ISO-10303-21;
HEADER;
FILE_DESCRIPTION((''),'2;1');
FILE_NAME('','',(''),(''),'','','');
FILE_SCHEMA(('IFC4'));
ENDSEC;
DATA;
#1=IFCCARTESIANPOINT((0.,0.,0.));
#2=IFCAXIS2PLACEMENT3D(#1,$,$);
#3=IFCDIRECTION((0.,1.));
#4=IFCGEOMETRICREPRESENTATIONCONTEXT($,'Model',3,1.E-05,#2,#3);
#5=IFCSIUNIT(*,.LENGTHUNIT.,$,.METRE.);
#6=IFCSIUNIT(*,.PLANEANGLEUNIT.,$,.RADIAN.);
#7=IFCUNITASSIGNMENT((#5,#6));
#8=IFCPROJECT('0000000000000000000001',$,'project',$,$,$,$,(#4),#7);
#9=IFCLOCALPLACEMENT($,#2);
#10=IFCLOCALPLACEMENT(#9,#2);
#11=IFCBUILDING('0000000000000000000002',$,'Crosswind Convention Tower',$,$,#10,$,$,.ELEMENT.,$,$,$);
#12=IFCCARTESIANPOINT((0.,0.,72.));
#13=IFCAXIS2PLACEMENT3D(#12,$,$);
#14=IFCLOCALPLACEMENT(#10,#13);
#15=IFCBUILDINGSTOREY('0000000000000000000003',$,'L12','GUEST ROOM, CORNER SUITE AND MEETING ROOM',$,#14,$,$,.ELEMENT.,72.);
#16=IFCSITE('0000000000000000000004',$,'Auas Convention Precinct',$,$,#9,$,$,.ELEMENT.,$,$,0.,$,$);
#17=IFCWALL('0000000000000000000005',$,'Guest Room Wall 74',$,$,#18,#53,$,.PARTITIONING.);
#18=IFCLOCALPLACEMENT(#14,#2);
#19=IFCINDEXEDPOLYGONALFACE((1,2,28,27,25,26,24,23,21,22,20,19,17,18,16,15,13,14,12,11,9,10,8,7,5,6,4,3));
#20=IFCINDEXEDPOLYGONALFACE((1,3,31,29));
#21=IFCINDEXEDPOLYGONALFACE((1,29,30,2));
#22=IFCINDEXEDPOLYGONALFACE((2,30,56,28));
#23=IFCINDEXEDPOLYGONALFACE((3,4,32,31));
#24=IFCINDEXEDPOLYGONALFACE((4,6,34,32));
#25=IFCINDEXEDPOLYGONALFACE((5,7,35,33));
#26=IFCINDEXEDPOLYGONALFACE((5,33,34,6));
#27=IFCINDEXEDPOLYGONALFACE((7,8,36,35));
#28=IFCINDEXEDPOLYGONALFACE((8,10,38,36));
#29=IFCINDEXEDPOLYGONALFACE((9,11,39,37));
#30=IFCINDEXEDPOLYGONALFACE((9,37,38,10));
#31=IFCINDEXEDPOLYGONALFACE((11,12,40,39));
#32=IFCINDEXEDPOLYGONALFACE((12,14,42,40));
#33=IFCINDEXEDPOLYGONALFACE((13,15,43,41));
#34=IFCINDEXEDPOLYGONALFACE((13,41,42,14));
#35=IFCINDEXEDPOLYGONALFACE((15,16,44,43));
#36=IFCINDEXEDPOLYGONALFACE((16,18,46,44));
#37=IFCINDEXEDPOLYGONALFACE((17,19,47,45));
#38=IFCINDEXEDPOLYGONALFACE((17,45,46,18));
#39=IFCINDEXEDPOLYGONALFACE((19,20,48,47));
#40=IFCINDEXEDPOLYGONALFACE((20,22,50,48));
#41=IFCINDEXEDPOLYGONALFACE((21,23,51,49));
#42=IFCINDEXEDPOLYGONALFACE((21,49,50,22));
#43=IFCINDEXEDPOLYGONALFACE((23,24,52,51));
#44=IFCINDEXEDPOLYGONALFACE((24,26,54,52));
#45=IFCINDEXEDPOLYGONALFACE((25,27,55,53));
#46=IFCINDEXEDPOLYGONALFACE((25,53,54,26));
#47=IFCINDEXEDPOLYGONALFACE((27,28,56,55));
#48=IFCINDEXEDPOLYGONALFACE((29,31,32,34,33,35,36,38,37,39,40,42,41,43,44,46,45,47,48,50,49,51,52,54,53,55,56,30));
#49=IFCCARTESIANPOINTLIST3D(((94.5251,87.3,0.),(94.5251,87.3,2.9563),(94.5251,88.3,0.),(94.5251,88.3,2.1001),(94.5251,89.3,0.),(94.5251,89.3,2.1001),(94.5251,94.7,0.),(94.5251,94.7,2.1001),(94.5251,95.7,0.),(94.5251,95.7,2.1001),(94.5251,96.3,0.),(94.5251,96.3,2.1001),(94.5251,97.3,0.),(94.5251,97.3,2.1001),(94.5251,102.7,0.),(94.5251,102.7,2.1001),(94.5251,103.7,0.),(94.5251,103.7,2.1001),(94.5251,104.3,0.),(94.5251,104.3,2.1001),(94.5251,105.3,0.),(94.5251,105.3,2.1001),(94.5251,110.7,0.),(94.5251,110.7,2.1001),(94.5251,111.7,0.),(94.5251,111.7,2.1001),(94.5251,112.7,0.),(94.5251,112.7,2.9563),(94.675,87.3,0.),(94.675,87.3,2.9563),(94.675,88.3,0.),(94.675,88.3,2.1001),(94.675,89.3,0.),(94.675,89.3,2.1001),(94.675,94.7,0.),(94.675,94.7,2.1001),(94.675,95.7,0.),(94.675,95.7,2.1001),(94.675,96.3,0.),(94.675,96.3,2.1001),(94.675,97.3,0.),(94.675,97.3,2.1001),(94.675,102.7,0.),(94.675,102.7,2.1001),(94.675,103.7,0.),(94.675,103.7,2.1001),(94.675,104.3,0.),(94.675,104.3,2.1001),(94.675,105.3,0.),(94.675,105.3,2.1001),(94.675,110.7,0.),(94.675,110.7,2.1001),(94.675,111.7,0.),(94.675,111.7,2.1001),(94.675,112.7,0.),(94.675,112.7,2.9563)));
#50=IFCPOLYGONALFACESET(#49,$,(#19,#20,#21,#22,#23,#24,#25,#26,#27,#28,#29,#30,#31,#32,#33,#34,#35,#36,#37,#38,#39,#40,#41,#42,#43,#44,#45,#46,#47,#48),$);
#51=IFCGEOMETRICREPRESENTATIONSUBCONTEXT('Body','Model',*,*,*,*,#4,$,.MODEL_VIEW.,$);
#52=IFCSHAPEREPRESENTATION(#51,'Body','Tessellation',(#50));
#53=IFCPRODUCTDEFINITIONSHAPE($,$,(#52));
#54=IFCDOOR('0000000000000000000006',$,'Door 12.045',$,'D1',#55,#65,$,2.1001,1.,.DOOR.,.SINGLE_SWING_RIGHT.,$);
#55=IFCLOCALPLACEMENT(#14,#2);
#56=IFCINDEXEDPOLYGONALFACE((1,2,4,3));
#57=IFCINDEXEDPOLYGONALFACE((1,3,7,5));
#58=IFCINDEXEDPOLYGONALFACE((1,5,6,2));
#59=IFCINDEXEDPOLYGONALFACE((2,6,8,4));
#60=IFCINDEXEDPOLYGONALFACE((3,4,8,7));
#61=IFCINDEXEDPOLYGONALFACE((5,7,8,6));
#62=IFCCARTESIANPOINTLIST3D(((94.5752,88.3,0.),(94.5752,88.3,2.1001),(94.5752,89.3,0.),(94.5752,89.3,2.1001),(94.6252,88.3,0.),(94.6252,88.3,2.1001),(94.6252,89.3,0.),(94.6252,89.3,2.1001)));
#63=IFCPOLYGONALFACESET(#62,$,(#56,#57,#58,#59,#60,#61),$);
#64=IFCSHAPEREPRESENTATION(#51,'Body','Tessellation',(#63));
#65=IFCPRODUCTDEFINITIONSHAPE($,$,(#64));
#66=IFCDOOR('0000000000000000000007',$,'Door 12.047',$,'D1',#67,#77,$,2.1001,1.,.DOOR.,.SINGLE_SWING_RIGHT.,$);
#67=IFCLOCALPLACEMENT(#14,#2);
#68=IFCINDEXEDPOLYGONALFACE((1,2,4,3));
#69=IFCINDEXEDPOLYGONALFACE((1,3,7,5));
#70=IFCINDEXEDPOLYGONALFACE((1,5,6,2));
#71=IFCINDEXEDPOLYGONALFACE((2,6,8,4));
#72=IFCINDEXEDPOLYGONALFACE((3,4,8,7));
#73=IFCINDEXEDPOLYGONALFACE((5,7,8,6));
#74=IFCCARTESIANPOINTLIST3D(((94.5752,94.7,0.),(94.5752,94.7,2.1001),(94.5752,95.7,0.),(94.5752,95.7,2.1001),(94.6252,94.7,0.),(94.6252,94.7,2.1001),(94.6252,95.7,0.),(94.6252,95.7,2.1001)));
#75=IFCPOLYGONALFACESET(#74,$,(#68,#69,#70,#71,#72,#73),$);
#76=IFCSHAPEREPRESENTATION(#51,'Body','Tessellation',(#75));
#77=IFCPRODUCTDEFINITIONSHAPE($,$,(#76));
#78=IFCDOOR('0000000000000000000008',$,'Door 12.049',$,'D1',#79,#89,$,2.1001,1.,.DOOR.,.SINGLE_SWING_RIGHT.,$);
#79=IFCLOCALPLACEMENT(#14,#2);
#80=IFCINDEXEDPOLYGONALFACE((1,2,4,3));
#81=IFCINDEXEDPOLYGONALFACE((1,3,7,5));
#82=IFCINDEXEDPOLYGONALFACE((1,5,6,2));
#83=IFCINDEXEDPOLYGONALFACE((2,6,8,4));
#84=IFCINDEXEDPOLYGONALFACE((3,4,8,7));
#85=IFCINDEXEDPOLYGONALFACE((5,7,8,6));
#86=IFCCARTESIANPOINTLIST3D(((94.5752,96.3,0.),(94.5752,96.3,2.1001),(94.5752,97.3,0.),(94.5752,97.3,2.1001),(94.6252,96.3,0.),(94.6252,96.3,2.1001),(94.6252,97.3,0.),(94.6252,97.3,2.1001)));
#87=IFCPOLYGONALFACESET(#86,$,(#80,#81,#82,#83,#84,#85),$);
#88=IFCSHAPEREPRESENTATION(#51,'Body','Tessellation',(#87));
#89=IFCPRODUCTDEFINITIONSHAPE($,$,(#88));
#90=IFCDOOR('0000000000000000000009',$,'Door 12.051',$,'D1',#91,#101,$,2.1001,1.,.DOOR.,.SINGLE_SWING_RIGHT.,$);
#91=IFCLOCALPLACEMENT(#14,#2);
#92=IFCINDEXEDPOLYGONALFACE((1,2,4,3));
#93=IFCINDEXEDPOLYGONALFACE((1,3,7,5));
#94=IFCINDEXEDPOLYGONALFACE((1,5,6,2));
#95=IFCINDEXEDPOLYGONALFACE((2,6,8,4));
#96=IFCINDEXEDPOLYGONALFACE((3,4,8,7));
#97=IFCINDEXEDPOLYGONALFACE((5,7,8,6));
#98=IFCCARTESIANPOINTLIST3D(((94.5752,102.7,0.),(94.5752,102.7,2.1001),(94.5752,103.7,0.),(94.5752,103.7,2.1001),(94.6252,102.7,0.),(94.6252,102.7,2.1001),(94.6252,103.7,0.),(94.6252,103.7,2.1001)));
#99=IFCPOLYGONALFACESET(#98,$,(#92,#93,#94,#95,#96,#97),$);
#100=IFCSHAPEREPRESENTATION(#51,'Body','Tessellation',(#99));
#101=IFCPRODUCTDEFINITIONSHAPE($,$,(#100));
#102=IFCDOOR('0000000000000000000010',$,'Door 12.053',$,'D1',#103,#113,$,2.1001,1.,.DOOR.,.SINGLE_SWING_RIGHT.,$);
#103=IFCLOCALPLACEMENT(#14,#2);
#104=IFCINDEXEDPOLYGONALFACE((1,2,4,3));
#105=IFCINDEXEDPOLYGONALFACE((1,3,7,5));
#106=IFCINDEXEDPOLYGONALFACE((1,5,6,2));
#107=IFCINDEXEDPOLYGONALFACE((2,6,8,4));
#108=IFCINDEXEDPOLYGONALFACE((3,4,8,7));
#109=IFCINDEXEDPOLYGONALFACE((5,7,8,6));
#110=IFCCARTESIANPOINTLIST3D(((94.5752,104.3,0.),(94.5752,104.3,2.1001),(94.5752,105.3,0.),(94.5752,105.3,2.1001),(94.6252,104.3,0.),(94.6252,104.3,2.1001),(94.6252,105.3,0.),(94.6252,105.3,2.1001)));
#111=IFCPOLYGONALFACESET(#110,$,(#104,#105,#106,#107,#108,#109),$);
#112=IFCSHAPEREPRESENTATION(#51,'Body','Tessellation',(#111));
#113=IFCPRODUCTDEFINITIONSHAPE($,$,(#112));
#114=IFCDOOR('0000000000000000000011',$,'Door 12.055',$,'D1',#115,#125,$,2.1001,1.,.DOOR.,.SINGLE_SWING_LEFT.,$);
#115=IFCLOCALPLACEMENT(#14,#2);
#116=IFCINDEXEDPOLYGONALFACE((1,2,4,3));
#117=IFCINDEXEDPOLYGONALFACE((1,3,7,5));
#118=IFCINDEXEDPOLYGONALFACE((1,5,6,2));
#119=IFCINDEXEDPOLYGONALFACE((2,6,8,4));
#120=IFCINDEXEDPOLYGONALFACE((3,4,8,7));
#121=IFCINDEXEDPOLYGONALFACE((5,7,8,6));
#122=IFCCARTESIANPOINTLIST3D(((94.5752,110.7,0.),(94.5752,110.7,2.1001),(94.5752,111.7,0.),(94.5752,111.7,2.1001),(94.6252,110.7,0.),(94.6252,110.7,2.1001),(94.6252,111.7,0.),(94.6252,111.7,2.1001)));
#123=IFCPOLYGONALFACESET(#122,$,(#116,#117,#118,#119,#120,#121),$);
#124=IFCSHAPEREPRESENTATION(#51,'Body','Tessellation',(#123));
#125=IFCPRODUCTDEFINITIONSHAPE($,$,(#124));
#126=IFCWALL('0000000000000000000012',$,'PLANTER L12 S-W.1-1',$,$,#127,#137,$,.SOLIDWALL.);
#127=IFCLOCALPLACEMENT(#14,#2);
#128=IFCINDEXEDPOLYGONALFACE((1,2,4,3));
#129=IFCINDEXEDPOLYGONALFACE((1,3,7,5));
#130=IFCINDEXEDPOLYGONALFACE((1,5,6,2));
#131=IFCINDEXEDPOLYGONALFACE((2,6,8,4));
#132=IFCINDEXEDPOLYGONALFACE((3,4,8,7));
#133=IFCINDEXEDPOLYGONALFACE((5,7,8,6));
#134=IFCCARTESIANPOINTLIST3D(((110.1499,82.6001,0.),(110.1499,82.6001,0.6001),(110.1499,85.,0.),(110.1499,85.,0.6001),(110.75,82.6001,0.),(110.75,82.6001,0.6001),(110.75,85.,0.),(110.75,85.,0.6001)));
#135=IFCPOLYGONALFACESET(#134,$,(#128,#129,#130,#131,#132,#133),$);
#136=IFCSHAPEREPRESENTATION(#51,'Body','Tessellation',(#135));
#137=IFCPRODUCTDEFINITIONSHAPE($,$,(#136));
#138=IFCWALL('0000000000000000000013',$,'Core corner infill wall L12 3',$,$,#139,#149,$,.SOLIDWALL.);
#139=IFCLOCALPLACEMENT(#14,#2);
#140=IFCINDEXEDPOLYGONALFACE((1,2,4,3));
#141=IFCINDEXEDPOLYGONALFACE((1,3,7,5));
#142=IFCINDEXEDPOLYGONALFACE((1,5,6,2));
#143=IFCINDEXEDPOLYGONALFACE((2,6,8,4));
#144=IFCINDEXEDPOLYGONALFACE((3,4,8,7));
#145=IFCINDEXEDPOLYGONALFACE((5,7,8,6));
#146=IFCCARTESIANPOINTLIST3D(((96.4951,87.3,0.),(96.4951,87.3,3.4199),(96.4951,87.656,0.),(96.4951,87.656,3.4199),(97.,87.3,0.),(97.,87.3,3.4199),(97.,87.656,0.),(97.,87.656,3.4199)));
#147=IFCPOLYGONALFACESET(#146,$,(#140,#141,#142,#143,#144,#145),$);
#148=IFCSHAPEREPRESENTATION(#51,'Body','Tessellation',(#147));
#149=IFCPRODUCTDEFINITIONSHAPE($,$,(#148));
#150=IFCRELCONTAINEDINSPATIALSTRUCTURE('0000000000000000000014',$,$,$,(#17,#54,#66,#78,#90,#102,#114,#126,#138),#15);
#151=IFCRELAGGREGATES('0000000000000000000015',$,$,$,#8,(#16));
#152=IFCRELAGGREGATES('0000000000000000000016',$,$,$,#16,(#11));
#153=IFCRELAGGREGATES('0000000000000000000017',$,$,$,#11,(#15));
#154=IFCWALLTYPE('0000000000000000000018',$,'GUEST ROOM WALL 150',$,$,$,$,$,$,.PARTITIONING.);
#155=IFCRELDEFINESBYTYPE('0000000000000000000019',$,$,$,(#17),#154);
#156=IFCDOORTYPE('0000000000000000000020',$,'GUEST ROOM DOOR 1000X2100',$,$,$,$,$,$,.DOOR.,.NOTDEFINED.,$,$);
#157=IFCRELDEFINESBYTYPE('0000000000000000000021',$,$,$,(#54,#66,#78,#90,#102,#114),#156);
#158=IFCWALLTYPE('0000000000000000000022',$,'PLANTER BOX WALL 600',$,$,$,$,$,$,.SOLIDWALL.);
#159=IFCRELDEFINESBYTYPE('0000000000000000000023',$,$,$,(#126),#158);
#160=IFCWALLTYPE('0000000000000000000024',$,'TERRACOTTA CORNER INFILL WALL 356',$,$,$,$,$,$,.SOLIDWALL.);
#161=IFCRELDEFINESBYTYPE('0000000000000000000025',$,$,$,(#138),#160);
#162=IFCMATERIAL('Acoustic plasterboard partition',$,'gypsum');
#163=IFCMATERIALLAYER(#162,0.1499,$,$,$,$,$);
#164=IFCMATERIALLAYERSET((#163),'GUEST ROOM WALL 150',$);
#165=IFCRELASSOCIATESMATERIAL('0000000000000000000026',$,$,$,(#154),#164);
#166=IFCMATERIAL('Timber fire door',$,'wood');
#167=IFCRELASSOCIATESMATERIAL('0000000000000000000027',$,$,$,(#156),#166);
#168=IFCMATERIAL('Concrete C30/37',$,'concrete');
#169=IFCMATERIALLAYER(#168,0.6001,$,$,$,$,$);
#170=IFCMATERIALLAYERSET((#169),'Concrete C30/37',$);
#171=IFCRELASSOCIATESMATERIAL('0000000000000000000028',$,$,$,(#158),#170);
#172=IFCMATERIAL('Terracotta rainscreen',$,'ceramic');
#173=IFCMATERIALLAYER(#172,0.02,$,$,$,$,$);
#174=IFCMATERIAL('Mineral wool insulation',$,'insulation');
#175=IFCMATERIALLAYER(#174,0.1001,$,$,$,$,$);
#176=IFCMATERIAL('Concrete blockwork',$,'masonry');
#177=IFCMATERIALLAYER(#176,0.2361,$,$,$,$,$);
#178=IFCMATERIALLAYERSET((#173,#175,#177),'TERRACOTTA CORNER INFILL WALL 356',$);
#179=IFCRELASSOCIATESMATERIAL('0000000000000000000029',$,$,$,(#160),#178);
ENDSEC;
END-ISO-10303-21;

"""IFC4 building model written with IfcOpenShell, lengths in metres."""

from ifc_helpers import new_model, si_unit, direction, frame, frame_2d, origin, place, context, subcontext, project, spatial, rectangle, extrude, material, layer, layer_set, type_object, element, fill, save


model = new_model("IFC4")

# Units and contexts
model_context = context("Model", 3, precision=1e-05, world=origin(), true_north=direction((0.0, 1.0)))
body_context = subcontext(model_context, "Body", "Model", "MODEL_VIEW")
ifc_project = project(units=[si_unit("LENGTHUNIT", "METRE"), si_unit("PLANEANGLEUNIT", "RADIAN")], contexts=[model_context])

# Site, building, storey
site_placement = place(None, origin())
site = spatial("IfcSite", under=ifc_project, at=site_placement, Name="Auas Convention Precinct", CompositionType="ELEMENT", RefElevation=0.0)
building_placement = place(site_placement, origin())
building = spatial("IfcBuilding", under=site, at=building_placement, Name="Crosswind Convention Tower", CompositionType="ELEMENT")
storey_placement = place(building_placement, frame((0.0, 0.0, 72.0)))
storey = spatial("IfcBuildingStorey", under=building, at=storey_placement, Name="L12", Description="GUEST ROOM, CORNER SUITE AND MEETING ROOM", CompositionType="ELEMENT", Elevation=72.0)

# Wall, openings, doors
ifc_material_1 = material(Name="Acoustic plasterboard partition", Category="gypsum")
ifc_layer_1 = layer(ifc_material_1, 0.1499)
ifc_layer_set_1 = layer_set([ifc_layer_1], Name="GUEST ROOM WALL 150")
wall_type_1 = type_object("IfcWallType", Name="GUEST ROOM WALL 150", PredefinedType="PARTITIONING", material=ifc_layer_set_1)
wall_1_placement = place(storey_placement, frame((94.6001, 87.3, 0.0), z_axis=(0.0, 0.0, 1.0), x_axis=(0.0, 1.0, 0.0)))
wall_1 = element("IfcWall", 1, at=wall_1_placement, inside=storey, type_object=wall_type_1, Name="Guest Room Wall 74", PredefinedType="PARTITIONING", context=body_context, shape_type="SweptSolid", body=[
    extrude(rectangle(XDim=25.3999, YDim=0.1499, at=frame_2d((12.7, 0.0))), origin(), (0.0, 0.0, 1.0), 2.9563),
])
opening_1_placement = place(wall_1_placement, frame((1.0, 0.0, 0.0)))
opening_1 = element("IfcOpeningElement", 2, at=opening_1_placement, cuts=wall_1, PredefinedType="OPENING", context=body_context, shape_type="SweptSolid", body=[
    extrude(rectangle(XDim=1.0, YDim=2.1001, at=frame_2d((0.5, 1.05))), frame((0.0, 0.085, 0.0), z_axis=(0.0, -1.0, 0.0), x_axis=(1.0, 0.0, 0.0)), (0.0, 0.0, 1.0), 0.1699),
])
opening_2_placement = place(wall_1_placement, frame((7.3999, 0.0, 0.0)))
opening_2 = element("IfcOpeningElement", 3, at=opening_2_placement, cuts=wall_1, PredefinedType="OPENING", context=body_context, shape_type="SweptSolid", body=[
    extrude(rectangle(XDim=1.0, YDim=2.1001, at=frame_2d((0.5, 1.05))), frame((0.0, 0.085, 0.0), z_axis=(0.0, -1.0, 0.0), x_axis=(1.0, 0.0, 0.0)), (0.0, 0.0, 1.0), 0.1699),
])
opening_3_placement = place(wall_1_placement, frame((9.0, 0.0, 0.0)))
opening_3 = element("IfcOpeningElement", 4, at=opening_3_placement, cuts=wall_1, PredefinedType="OPENING", context=body_context, shape_type="SweptSolid", body=[
    extrude(rectangle(XDim=1.0, YDim=2.1001, at=frame_2d((0.5, 1.05))), frame((0.0, 0.085, 0.0), z_axis=(0.0, -1.0, 0.0), x_axis=(1.0, 0.0, 0.0)), (0.0, 0.0, 1.0), 0.1699),
])
opening_4_placement = place(wall_1_placement, frame((15.3999, 0.0, 0.0)))
opening_4 = element("IfcOpeningElement", 5, at=opening_4_placement, cuts=wall_1, PredefinedType="OPENING", context=body_context, shape_type="SweptSolid", body=[
    extrude(rectangle(XDim=1.0, YDim=2.1001, at=frame_2d((0.5, 1.05))), frame((0.0, 0.085, 0.0), z_axis=(0.0, -1.0, 0.0), x_axis=(1.0, 0.0, 0.0)), (0.0, 0.0, 1.0), 0.1699),
])
opening_5_placement = place(wall_1_placement, frame((17.0, 0.0, 0.0)))
opening_5 = element("IfcOpeningElement", 6, at=opening_5_placement, cuts=wall_1, PredefinedType="OPENING", context=body_context, shape_type="SweptSolid", body=[
    extrude(rectangle(XDim=1.0, YDim=2.1001, at=frame_2d((0.5, 1.05))), frame((0.0, 0.085, 0.0), z_axis=(0.0, -1.0, 0.0), x_axis=(1.0, 0.0, 0.0)), (0.0, 0.0, 1.0), 0.1699),
])
opening_6_placement = place(wall_1_placement, frame((23.3999, 0.0, 0.0)))
opening_6 = element("IfcOpeningElement", 7, at=opening_6_placement, cuts=wall_1, PredefinedType="OPENING", context=body_context, shape_type="SweptSolid", body=[
    extrude(rectangle(XDim=1.0, YDim=2.1001, at=frame_2d((0.5, 1.05))), frame((0.0, 0.085, 0.0), z_axis=(0.0, -1.0, 0.0), x_axis=(1.0, 0.0, 0.0)), (0.0, 0.0, 1.0), 0.1699),
])
ifc_material_2 = material(Name="Timber fire door", Category="wood")
door_type = type_object("IfcDoorType", Name="GUEST ROOM DOOR 1000X2100", OperationType="NOTDEFINED", PredefinedType="DOOR", material=ifc_material_2)
door_1_placement = place(opening_1_placement, origin())
door_1 = element("IfcDoor", 8, at=door_1_placement, inside=storey, type_object=door_type, Name="Door 12.045", ObjectType="D1", OperationType="SINGLE_SWING_RIGHT", OverallHeight=2.1001, OverallWidth=1.0, PredefinedType="DOOR", context=body_context, shape_type="SweptSolid", body=[
    extrude(rectangle(XDim=1.0, YDim=2.1001, at=frame_2d((0.5, 1.05))), frame((0.0, 0.0249, 0.0), z_axis=(0.0, -1.0, 0.0), x_axis=(1.0, 0.0, 0.0)), (0.0, 0.0, 1.0), 0.05),
])
fill(opening_1, door_1)
door_2_placement = place(opening_2_placement, origin())
door_2 = element("IfcDoor", 9, at=door_2_placement, inside=storey, type_object=door_type, Name="Door 12.047", ObjectType="D1", OperationType="SINGLE_SWING_RIGHT", OverallHeight=2.1001, OverallWidth=1.0, PredefinedType="DOOR", context=body_context, shape_type="SweptSolid", body=[
    extrude(rectangle(XDim=1.0, YDim=2.1001, at=frame_2d((0.5, 1.05))), frame((0.0, 0.0249, 0.0), z_axis=(0.0, -1.0, 0.0), x_axis=(1.0, 0.0, 0.0)), (0.0, 0.0, 1.0), 0.05),
])
fill(opening_2, door_2)
door_3_placement = place(opening_3_placement, origin())
door_3 = element("IfcDoor", 10, at=door_3_placement, inside=storey, type_object=door_type, Name="Door 12.049", ObjectType="D1", OperationType="SINGLE_SWING_RIGHT", OverallHeight=2.1001, OverallWidth=1.0, PredefinedType="DOOR", context=body_context, shape_type="SweptSolid", body=[
    extrude(rectangle(XDim=1.0, YDim=2.1001, at=frame_2d((0.5, 1.05))), frame((0.0, 0.0249, 0.0), z_axis=(0.0, -1.0, 0.0), x_axis=(1.0, 0.0, 0.0)), (0.0, 0.0, 1.0), 0.05),
])
fill(opening_3, door_3)
door_4_placement = place(opening_4_placement, origin())
door_4 = element("IfcDoor", 11, at=door_4_placement, inside=storey, type_object=door_type, Name="Door 12.051", ObjectType="D1", OperationType="SINGLE_SWING_RIGHT", OverallHeight=2.1001, OverallWidth=1.0, PredefinedType="DOOR", context=body_context, shape_type="SweptSolid", body=[
    extrude(rectangle(XDim=1.0, YDim=2.1001, at=frame_2d((0.5, 1.05))), frame((0.0, 0.0249, 0.0), z_axis=(0.0, -1.0, 0.0), x_axis=(1.0, 0.0, 0.0)), (0.0, 0.0, 1.0), 0.05),
])
fill(opening_4, door_4)
door_5_placement = place(opening_5_placement, origin())
door_5 = element("IfcDoor", 12, at=door_5_placement, inside=storey, type_object=door_type, Name="Door 12.053", ObjectType="D1", OperationType="SINGLE_SWING_RIGHT", OverallHeight=2.1001, OverallWidth=1.0, PredefinedType="DOOR", context=body_context, shape_type="SweptSolid", body=[
    extrude(rectangle(XDim=1.0, YDim=2.1001, at=frame_2d((0.5, 1.05))), frame((0.0, 0.0249, 0.0), z_axis=(0.0, -1.0, 0.0), x_axis=(1.0, 0.0, 0.0)), (0.0, 0.0, 1.0), 0.05),
])
fill(opening_5, door_5)
door_6_placement = place(opening_6_placement, origin())
door_6 = element("IfcDoor", 13, at=door_6_placement, inside=storey, type_object=door_type, Name="Door 12.055", ObjectType="D1", OperationType="SINGLE_SWING_LEFT", OverallHeight=2.1001, OverallWidth=1.0, PredefinedType="DOOR", context=body_context, shape_type="SweptSolid", body=[
    extrude(rectangle(XDim=1.0, YDim=2.1001, at=frame_2d((0.5, 1.05))), frame((0.0, 0.0249, 0.0), z_axis=(0.0, -1.0, 0.0), x_axis=(1.0, 0.0, 0.0)), (0.0, 0.0, 1.0), 0.05),
])
fill(opening_6, door_6)

# Walls
ifc_material_3 = material(Name="Concrete C30/37", Category="concrete")
ifc_layer_2 = layer(ifc_material_3, 0.6001)
ifc_layer_set_2 = layer_set([ifc_layer_2], Name="Concrete C30/37")
wall_type_2 = type_object("IfcWallType", Name="PLANTER BOX WALL 600", PredefinedType="SOLIDWALL", material=ifc_layer_set_2)
wall_2_placement = place(storey_placement, frame((110.45, 85.0, 0.0), z_axis=(0.0, 0.0, 1.0), x_axis=(0.0, -1.0, 0.0)))
element("IfcWall", 14, at=wall_2_placement, inside=storey, type_object=wall_type_2, Name="PLANTER L12 S-W.1-1", PredefinedType="SOLIDWALL", context=body_context, shape_type="SweptSolid", body=[
    extrude(rectangle(XDim=2.3999, YDim=0.6001, at=frame_2d((1.2, 0.0))), origin(), (0.0, 0.0, 1.0), 0.6001),
])
ifc_material_4 = material(Name="Terracotta rainscreen", Category="ceramic")
ifc_layer_3 = layer(ifc_material_4, 0.02)
ifc_material_5 = material(Name="Mineral wool insulation", Category="insulation")
ifc_layer_4 = layer(ifc_material_5, 0.1001)
ifc_material_6 = material(Name="Concrete blockwork", Category="masonry")
ifc_layer_5 = layer(ifc_material_6, 0.2361)
ifc_layer_set_3 = layer_set([ifc_layer_3, ifc_layer_4, ifc_layer_5], Name="TERRACOTTA CORNER INFILL WALL 356")
wall_type_3 = type_object("IfcWallType", Name="TERRACOTTA CORNER INFILL WALL 356", PredefinedType="SOLIDWALL", material=ifc_layer_set_3)
wall_3_placement = place(storey_placement, frame((96.4951, 87.478, 0.0), z_axis=(0.0, 0.0, 1.0), x_axis=(1.0, 0.0, 0.0)))
element("IfcWall", 15, at=wall_3_placement, inside=storey, type_object=wall_type_3, Name="Core corner infill wall L12 3", PredefinedType="SOLIDWALL", context=body_context, shape_type="SweptSolid", body=[
    extrude(rectangle(XDim=0.5049, YDim=0.356, at=frame_2d((0.2524, 0.0))), origin(), (0.0, 0.0, 1.0), 3.4199),
])

save(model, "model.ifc")
